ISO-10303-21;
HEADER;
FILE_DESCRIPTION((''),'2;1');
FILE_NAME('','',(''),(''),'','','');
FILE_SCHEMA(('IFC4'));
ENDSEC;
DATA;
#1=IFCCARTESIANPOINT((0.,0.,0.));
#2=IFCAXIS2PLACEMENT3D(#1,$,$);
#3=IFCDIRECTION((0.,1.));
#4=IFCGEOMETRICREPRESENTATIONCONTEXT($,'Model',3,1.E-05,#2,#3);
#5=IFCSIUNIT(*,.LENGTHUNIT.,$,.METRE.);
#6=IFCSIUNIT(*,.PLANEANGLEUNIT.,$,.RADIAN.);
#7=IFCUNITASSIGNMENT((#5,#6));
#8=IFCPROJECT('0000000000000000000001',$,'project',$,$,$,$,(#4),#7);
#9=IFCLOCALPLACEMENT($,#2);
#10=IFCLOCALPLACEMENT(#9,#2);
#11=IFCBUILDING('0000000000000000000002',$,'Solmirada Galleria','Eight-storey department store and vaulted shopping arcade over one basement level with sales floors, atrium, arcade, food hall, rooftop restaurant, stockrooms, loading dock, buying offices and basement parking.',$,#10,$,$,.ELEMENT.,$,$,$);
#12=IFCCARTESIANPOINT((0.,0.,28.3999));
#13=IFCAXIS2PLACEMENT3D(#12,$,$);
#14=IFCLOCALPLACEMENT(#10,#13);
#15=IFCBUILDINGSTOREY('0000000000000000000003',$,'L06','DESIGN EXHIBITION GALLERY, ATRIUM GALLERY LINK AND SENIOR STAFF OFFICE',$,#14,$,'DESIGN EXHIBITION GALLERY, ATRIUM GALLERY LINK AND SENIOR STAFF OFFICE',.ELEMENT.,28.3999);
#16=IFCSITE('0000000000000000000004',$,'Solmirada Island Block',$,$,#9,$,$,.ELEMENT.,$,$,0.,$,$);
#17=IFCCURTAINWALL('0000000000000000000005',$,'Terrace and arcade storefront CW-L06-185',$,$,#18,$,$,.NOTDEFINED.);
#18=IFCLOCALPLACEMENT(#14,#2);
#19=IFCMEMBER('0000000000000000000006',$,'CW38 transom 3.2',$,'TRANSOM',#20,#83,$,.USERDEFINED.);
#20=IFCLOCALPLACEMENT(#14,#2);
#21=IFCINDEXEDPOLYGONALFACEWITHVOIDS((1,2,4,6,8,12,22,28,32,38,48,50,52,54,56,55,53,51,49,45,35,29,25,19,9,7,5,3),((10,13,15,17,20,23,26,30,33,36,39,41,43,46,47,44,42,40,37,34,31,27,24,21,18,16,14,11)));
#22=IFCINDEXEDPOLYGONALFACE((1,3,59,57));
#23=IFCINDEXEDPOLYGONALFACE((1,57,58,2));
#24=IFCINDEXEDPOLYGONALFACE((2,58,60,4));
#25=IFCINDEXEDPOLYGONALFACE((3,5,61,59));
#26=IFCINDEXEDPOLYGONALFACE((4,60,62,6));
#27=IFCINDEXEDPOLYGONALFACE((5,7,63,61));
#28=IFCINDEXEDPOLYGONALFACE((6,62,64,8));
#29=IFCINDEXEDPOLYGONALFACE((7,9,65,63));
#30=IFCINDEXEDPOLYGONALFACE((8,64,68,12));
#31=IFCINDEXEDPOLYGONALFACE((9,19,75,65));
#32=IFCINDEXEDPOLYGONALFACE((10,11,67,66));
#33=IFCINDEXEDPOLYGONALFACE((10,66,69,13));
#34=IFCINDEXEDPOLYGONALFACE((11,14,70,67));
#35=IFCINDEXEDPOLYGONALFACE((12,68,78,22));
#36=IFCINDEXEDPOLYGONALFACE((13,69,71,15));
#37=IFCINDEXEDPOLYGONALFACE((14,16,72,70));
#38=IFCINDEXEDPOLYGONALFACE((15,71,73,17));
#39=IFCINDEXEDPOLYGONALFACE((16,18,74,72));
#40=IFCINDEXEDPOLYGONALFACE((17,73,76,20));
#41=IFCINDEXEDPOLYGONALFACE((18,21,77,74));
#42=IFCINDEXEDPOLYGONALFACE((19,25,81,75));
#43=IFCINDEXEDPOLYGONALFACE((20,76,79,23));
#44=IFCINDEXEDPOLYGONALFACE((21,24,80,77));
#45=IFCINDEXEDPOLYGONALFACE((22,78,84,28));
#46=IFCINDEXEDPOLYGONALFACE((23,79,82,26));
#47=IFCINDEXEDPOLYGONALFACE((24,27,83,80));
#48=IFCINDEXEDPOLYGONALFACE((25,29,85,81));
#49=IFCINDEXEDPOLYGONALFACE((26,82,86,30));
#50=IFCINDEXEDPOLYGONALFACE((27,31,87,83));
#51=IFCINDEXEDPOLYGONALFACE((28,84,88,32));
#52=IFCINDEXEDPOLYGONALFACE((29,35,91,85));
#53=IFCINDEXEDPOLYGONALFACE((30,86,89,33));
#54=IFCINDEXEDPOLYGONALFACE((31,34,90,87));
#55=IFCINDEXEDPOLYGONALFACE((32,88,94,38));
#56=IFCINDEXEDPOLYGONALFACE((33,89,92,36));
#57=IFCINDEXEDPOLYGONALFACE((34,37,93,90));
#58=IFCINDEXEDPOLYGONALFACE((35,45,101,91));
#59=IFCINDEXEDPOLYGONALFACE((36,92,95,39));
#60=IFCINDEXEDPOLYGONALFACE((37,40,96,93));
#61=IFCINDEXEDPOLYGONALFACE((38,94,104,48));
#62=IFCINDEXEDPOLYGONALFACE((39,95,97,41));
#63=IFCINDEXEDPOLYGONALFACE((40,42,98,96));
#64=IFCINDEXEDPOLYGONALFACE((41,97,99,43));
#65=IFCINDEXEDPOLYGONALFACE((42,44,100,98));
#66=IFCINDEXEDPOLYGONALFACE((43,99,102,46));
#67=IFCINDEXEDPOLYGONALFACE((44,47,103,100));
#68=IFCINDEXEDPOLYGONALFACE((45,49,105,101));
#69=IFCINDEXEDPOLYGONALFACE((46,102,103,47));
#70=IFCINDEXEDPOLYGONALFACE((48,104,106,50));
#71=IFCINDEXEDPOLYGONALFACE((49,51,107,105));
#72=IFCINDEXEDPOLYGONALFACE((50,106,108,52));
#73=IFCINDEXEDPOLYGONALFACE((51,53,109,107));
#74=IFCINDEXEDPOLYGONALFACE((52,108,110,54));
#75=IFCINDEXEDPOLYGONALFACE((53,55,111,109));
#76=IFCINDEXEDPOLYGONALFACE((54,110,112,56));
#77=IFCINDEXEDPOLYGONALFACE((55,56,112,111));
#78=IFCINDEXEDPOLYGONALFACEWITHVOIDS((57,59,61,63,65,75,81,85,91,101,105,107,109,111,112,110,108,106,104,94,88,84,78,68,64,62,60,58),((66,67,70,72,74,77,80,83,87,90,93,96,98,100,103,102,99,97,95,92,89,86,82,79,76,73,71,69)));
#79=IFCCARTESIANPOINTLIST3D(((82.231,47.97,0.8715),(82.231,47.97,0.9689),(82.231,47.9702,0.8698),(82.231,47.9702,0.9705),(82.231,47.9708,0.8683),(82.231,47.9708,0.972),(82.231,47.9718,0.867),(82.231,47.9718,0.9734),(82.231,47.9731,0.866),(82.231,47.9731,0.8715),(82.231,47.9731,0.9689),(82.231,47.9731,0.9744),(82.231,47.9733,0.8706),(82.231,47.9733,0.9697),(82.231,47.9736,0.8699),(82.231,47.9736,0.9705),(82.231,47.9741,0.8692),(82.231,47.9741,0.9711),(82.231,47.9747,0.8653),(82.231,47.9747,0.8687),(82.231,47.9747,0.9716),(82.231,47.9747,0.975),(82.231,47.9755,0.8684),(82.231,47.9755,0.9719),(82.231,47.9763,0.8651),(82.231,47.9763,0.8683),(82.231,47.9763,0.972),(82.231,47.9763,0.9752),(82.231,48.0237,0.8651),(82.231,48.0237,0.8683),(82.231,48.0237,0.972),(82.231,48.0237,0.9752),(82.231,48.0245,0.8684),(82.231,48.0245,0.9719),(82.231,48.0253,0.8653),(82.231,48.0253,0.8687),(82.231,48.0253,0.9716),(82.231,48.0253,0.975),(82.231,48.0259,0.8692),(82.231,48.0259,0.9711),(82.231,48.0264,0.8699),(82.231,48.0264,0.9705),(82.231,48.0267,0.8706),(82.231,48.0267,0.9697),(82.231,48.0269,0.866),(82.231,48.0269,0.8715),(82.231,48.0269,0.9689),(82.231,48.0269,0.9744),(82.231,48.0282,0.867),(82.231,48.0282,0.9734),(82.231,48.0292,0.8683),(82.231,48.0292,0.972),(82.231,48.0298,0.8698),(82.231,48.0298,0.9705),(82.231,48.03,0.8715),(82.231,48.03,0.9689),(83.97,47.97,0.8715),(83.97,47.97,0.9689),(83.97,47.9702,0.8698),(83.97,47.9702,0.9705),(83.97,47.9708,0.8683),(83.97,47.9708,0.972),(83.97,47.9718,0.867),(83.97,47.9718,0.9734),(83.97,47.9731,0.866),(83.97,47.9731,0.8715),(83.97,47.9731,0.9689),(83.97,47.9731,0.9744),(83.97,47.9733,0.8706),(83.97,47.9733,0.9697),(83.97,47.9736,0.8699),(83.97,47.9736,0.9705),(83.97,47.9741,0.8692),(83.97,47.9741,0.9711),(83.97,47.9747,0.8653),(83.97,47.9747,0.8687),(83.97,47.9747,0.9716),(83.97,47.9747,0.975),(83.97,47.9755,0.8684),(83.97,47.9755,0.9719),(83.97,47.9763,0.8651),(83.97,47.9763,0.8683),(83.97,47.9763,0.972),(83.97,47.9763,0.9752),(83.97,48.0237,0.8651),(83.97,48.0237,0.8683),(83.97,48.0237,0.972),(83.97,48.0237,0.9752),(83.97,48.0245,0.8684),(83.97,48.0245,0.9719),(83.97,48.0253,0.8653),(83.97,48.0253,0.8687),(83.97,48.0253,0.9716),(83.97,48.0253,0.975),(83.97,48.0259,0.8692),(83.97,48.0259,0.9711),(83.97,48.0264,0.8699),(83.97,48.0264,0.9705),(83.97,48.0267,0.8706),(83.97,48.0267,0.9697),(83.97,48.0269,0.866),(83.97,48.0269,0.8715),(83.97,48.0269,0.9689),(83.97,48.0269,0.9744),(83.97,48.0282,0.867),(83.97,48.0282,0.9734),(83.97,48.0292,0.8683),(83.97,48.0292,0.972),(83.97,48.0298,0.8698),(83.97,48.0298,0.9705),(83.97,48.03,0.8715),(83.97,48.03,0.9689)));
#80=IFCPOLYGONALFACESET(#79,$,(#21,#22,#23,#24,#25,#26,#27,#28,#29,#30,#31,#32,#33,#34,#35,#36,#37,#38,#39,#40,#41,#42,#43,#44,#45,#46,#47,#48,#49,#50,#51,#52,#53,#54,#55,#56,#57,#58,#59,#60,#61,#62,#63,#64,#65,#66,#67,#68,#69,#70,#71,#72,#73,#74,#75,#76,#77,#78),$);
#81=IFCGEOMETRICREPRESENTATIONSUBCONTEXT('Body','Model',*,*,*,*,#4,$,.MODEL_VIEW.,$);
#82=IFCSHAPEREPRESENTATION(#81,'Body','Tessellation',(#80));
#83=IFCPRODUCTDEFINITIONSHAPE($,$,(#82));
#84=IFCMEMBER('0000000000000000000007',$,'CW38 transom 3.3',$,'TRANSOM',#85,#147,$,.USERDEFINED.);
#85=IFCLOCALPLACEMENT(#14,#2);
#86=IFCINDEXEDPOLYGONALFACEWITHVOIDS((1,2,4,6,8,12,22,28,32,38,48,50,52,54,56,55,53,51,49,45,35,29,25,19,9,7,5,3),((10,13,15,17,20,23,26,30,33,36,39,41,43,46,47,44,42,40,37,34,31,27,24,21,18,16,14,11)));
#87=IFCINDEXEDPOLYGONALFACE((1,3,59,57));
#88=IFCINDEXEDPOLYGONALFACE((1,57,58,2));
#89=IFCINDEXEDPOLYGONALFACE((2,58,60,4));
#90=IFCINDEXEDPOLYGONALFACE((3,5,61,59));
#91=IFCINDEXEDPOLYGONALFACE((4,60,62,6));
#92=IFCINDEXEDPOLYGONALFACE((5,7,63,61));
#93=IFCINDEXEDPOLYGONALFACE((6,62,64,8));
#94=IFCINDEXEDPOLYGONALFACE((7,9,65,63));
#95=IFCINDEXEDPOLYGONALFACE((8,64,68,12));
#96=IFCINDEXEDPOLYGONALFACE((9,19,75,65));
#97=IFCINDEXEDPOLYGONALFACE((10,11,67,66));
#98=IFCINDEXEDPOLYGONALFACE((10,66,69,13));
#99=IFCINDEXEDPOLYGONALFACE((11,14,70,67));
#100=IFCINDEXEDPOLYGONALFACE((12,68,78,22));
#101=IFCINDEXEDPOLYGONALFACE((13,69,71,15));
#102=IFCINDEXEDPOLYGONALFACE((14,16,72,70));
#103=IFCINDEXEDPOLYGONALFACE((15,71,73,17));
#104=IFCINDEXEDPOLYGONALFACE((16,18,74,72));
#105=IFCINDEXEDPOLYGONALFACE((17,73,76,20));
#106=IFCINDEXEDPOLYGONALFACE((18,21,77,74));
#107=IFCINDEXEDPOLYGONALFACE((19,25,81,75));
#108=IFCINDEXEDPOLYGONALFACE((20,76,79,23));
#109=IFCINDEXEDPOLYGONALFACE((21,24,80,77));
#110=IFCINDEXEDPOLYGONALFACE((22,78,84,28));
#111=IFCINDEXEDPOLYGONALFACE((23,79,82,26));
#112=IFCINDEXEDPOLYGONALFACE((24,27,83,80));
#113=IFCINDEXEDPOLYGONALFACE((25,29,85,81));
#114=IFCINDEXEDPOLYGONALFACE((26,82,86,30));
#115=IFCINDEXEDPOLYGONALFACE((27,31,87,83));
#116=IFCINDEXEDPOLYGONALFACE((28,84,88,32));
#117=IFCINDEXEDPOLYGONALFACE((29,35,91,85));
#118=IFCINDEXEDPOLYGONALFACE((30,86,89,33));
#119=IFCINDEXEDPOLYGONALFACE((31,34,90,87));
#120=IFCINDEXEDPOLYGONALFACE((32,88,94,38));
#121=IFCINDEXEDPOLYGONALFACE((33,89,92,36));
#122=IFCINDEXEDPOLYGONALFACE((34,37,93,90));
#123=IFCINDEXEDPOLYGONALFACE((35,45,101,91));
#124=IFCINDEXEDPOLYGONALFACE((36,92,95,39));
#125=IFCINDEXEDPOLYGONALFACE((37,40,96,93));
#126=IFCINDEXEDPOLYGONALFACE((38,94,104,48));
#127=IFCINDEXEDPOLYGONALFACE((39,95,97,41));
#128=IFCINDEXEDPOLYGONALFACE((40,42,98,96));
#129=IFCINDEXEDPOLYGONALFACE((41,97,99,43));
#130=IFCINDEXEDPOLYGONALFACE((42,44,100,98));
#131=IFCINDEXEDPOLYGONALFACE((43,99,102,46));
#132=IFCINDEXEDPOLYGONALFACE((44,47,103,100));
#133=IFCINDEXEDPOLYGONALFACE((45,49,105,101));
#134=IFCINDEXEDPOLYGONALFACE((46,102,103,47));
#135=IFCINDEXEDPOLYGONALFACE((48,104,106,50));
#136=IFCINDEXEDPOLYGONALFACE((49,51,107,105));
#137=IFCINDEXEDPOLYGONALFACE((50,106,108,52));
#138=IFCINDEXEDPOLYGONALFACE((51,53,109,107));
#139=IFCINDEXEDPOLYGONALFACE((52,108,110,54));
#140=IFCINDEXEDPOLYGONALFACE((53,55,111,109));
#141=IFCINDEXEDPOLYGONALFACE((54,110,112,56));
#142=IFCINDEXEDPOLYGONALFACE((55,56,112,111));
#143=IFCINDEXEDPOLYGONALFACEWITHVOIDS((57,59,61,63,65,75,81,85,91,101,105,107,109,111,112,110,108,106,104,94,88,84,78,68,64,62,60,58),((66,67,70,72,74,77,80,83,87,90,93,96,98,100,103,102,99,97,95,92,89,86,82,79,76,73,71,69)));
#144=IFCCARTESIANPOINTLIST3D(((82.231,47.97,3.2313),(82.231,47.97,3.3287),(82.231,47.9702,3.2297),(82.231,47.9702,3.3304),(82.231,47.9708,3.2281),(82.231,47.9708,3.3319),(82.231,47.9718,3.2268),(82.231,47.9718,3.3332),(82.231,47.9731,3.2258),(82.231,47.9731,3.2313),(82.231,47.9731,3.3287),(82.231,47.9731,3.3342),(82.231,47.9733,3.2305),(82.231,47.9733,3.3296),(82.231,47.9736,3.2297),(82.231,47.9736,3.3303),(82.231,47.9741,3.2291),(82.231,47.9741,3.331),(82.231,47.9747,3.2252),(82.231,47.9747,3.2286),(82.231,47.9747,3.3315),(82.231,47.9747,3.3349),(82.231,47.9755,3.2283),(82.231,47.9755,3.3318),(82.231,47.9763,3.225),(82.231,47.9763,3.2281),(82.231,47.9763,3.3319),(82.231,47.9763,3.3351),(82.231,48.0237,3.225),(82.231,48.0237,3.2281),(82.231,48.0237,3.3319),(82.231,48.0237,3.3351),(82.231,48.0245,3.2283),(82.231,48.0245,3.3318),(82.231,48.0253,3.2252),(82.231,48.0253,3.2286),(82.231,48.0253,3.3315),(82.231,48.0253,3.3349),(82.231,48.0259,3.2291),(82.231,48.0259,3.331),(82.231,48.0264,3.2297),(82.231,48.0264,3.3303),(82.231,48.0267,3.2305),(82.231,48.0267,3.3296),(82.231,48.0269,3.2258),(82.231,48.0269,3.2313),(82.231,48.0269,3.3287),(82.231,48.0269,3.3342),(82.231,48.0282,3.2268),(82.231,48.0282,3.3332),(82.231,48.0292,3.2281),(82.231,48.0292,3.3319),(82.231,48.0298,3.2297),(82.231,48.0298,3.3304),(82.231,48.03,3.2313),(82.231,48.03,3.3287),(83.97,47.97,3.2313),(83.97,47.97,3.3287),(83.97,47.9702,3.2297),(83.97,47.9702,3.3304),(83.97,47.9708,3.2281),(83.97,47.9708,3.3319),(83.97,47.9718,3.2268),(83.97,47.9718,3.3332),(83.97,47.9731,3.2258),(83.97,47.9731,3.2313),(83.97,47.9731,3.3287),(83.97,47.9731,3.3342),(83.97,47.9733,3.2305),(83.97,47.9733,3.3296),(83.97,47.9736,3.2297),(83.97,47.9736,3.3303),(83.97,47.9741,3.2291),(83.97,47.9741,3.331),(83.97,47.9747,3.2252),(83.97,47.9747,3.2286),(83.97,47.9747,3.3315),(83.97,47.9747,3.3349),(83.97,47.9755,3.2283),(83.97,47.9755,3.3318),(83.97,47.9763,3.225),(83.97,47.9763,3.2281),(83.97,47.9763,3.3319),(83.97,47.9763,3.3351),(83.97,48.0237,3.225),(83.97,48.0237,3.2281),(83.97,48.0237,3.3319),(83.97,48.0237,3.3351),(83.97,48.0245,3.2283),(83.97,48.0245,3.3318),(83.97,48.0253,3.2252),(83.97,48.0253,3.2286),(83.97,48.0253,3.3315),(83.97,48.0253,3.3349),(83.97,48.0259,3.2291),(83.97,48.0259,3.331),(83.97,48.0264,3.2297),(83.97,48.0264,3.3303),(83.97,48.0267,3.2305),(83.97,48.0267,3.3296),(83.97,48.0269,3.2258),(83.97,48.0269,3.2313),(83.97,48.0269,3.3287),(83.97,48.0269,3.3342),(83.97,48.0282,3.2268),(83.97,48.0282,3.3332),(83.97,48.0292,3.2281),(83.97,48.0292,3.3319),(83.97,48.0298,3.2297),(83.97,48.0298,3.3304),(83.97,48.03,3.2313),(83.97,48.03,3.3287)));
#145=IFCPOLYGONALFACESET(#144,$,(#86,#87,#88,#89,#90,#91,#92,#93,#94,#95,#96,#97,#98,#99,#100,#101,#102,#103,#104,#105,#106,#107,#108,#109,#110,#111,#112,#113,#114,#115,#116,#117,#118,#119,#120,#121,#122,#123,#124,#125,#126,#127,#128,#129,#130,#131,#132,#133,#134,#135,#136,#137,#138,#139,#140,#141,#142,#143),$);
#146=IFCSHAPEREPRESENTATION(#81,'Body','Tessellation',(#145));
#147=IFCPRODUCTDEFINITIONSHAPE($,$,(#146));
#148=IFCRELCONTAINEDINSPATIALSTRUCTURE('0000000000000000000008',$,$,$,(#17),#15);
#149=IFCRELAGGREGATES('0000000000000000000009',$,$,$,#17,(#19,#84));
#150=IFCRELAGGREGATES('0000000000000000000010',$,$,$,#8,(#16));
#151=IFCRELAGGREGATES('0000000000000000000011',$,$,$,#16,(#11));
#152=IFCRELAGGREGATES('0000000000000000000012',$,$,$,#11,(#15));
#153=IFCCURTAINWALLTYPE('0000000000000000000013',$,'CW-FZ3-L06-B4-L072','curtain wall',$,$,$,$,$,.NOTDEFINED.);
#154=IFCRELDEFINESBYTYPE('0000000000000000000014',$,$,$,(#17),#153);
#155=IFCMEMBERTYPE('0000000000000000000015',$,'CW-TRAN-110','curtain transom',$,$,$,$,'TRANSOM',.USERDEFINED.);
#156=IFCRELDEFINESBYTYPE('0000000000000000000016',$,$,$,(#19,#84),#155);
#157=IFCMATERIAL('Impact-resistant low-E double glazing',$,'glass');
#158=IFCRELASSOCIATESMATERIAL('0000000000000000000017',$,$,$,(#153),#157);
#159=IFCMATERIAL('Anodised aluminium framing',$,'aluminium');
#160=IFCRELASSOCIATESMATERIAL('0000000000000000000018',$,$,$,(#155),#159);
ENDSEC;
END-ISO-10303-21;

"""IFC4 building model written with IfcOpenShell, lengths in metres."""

from ifc_helpers import new_model, si_unit, direction, frame, origin, origin_2d, place, context, subcontext, project, spatial, hollow_rectangle, extrude, material, material_profile, profile_set, type_object, element, aggregate, save


model = new_model("IFC4")

# Units and contexts
model_context = context("Model", 3, precision=1e-05, world=origin(), true_north=direction((0.0, 1.0)))
body_context = subcontext(model_context, "Body", "Model", "MODEL_VIEW")
ifc_project = project(units=[si_unit("LENGTHUNIT", "METRE"), si_unit("PLANEANGLEUNIT", "RADIAN")], contexts=[model_context])

# Site, building, storey
site_placement = place(None, origin())
site = spatial("IfcSite", under=ifc_project, at=site_placement, Name="Solmirada Island Block", CompositionType="ELEMENT", RefElevation=0.0)
building_placement = place(site_placement, origin())
building = spatial("IfcBuilding", under=site, at=building_placement, Name="Solmirada Galleria", Description="Eight-storey department store and vaulted shopping arcade over one basement level with sales floors, atrium, arcade, food hall, rooftop restaurant, stockrooms, loading dock, buying offices and basement parking.", CompositionType="ELEMENT")
storey_placement = place(building_placement, frame((0.0, 0.0, 28.3999)))
storey = spatial("IfcBuildingStorey", under=building, at=storey_placement, Name="L06", Description="DESIGN EXHIBITION GALLERY, ATRIUM GALLERY LINK AND SENIOR STAFF OFFICE", LongName="DESIGN EXHIBITION GALLERY, ATRIUM GALLERY LINK AND SENIOR STAFF OFFICE", CompositionType="ELEMENT", Elevation=28.3999)

# Curtain wall, members
ifc_material_1 = material(Name="Impact-resistant low-E double glazing", Category="glass")
curtain_wall_type = type_object("IfcCurtainWallType", Name="CW-FZ3-L06-B4-L072", Description="curtain wall", PredefinedType="NOTDEFINED", material=ifc_material_1)
curtain_wall_placement = place(storey_placement, origin())
curtain_wall = element("IfcCurtainWall", 1, at=curtain_wall_placement, inside=storey, type_object=curtain_wall_type, Name="Terrace and arcade storefront CW-L06-185", PredefinedType="NOTDEFINED")
ifc_material_2 = material(Name="Anodised aluminium framing", Category="aluminium")
ifc_material_profile_1 = material_profile(ifc_material_2, hollow_rectangle(XDim=0.0601, YDim=0.1101, WallThickness=0.0032, InnerFilletRadius=0.0032, OuterFilletRadius=0.0063, at=origin_2d()), Name="ALU-TRAN-110X60")
ifc_profile_set_1 = profile_set([ifc_material_profile_1], Name="Anodised aluminium framing")
member_type_1 = type_object("IfcMemberType", Name="CW-TRAN-110", Description="curtain transom", ElementType="TRANSOM", PredefinedType="USERDEFINED", material=ifc_profile_set_1)
member_1_placement = place(storey_placement, frame((83.97, 48.0, 0.9202), z_axis=(-1.0, 0.0, 0.0), x_axis=(0.0, -1.0, 0.0)))
member_1 = element("IfcMember", 2, at=member_1_placement, type_object=member_type_1, Name="CW38 transom 3.2", ObjectType="TRANSOM", PredefinedType="USERDEFINED", context=body_context, shape_type="SweptSolid", body=[
    extrude(hollow_rectangle(XDim=0.0601, YDim=0.1101, WallThickness=0.0032, InnerFilletRadius=0.0032, OuterFilletRadius=0.0063, at=origin_2d()), origin(), (0.0, 0.0, 1.0), 1.739),
])
member_2_placement = place(storey_placement, frame((83.97, 48.0, 3.28), z_axis=(-1.0, 0.0, 0.0), x_axis=(0.0, -1.0, 0.0)))
member_2 = element("IfcMember", 3, at=member_2_placement, type_object=member_type_1, Name="CW38 transom 3.3", ObjectType="TRANSOM", PredefinedType="USERDEFINED", context=body_context, shape_type="SweptSolid", body=[
    extrude(hollow_rectangle(XDim=0.0601, YDim=0.1101, WallThickness=0.0032, InnerFilletRadius=0.0032, OuterFilletRadius=0.0063, at=origin_2d()), origin(), (0.0, 0.0, 1.0), 1.739),
])
aggregate(curtain_wall, [member_1, member_2])

save(model, "model.ifc")
